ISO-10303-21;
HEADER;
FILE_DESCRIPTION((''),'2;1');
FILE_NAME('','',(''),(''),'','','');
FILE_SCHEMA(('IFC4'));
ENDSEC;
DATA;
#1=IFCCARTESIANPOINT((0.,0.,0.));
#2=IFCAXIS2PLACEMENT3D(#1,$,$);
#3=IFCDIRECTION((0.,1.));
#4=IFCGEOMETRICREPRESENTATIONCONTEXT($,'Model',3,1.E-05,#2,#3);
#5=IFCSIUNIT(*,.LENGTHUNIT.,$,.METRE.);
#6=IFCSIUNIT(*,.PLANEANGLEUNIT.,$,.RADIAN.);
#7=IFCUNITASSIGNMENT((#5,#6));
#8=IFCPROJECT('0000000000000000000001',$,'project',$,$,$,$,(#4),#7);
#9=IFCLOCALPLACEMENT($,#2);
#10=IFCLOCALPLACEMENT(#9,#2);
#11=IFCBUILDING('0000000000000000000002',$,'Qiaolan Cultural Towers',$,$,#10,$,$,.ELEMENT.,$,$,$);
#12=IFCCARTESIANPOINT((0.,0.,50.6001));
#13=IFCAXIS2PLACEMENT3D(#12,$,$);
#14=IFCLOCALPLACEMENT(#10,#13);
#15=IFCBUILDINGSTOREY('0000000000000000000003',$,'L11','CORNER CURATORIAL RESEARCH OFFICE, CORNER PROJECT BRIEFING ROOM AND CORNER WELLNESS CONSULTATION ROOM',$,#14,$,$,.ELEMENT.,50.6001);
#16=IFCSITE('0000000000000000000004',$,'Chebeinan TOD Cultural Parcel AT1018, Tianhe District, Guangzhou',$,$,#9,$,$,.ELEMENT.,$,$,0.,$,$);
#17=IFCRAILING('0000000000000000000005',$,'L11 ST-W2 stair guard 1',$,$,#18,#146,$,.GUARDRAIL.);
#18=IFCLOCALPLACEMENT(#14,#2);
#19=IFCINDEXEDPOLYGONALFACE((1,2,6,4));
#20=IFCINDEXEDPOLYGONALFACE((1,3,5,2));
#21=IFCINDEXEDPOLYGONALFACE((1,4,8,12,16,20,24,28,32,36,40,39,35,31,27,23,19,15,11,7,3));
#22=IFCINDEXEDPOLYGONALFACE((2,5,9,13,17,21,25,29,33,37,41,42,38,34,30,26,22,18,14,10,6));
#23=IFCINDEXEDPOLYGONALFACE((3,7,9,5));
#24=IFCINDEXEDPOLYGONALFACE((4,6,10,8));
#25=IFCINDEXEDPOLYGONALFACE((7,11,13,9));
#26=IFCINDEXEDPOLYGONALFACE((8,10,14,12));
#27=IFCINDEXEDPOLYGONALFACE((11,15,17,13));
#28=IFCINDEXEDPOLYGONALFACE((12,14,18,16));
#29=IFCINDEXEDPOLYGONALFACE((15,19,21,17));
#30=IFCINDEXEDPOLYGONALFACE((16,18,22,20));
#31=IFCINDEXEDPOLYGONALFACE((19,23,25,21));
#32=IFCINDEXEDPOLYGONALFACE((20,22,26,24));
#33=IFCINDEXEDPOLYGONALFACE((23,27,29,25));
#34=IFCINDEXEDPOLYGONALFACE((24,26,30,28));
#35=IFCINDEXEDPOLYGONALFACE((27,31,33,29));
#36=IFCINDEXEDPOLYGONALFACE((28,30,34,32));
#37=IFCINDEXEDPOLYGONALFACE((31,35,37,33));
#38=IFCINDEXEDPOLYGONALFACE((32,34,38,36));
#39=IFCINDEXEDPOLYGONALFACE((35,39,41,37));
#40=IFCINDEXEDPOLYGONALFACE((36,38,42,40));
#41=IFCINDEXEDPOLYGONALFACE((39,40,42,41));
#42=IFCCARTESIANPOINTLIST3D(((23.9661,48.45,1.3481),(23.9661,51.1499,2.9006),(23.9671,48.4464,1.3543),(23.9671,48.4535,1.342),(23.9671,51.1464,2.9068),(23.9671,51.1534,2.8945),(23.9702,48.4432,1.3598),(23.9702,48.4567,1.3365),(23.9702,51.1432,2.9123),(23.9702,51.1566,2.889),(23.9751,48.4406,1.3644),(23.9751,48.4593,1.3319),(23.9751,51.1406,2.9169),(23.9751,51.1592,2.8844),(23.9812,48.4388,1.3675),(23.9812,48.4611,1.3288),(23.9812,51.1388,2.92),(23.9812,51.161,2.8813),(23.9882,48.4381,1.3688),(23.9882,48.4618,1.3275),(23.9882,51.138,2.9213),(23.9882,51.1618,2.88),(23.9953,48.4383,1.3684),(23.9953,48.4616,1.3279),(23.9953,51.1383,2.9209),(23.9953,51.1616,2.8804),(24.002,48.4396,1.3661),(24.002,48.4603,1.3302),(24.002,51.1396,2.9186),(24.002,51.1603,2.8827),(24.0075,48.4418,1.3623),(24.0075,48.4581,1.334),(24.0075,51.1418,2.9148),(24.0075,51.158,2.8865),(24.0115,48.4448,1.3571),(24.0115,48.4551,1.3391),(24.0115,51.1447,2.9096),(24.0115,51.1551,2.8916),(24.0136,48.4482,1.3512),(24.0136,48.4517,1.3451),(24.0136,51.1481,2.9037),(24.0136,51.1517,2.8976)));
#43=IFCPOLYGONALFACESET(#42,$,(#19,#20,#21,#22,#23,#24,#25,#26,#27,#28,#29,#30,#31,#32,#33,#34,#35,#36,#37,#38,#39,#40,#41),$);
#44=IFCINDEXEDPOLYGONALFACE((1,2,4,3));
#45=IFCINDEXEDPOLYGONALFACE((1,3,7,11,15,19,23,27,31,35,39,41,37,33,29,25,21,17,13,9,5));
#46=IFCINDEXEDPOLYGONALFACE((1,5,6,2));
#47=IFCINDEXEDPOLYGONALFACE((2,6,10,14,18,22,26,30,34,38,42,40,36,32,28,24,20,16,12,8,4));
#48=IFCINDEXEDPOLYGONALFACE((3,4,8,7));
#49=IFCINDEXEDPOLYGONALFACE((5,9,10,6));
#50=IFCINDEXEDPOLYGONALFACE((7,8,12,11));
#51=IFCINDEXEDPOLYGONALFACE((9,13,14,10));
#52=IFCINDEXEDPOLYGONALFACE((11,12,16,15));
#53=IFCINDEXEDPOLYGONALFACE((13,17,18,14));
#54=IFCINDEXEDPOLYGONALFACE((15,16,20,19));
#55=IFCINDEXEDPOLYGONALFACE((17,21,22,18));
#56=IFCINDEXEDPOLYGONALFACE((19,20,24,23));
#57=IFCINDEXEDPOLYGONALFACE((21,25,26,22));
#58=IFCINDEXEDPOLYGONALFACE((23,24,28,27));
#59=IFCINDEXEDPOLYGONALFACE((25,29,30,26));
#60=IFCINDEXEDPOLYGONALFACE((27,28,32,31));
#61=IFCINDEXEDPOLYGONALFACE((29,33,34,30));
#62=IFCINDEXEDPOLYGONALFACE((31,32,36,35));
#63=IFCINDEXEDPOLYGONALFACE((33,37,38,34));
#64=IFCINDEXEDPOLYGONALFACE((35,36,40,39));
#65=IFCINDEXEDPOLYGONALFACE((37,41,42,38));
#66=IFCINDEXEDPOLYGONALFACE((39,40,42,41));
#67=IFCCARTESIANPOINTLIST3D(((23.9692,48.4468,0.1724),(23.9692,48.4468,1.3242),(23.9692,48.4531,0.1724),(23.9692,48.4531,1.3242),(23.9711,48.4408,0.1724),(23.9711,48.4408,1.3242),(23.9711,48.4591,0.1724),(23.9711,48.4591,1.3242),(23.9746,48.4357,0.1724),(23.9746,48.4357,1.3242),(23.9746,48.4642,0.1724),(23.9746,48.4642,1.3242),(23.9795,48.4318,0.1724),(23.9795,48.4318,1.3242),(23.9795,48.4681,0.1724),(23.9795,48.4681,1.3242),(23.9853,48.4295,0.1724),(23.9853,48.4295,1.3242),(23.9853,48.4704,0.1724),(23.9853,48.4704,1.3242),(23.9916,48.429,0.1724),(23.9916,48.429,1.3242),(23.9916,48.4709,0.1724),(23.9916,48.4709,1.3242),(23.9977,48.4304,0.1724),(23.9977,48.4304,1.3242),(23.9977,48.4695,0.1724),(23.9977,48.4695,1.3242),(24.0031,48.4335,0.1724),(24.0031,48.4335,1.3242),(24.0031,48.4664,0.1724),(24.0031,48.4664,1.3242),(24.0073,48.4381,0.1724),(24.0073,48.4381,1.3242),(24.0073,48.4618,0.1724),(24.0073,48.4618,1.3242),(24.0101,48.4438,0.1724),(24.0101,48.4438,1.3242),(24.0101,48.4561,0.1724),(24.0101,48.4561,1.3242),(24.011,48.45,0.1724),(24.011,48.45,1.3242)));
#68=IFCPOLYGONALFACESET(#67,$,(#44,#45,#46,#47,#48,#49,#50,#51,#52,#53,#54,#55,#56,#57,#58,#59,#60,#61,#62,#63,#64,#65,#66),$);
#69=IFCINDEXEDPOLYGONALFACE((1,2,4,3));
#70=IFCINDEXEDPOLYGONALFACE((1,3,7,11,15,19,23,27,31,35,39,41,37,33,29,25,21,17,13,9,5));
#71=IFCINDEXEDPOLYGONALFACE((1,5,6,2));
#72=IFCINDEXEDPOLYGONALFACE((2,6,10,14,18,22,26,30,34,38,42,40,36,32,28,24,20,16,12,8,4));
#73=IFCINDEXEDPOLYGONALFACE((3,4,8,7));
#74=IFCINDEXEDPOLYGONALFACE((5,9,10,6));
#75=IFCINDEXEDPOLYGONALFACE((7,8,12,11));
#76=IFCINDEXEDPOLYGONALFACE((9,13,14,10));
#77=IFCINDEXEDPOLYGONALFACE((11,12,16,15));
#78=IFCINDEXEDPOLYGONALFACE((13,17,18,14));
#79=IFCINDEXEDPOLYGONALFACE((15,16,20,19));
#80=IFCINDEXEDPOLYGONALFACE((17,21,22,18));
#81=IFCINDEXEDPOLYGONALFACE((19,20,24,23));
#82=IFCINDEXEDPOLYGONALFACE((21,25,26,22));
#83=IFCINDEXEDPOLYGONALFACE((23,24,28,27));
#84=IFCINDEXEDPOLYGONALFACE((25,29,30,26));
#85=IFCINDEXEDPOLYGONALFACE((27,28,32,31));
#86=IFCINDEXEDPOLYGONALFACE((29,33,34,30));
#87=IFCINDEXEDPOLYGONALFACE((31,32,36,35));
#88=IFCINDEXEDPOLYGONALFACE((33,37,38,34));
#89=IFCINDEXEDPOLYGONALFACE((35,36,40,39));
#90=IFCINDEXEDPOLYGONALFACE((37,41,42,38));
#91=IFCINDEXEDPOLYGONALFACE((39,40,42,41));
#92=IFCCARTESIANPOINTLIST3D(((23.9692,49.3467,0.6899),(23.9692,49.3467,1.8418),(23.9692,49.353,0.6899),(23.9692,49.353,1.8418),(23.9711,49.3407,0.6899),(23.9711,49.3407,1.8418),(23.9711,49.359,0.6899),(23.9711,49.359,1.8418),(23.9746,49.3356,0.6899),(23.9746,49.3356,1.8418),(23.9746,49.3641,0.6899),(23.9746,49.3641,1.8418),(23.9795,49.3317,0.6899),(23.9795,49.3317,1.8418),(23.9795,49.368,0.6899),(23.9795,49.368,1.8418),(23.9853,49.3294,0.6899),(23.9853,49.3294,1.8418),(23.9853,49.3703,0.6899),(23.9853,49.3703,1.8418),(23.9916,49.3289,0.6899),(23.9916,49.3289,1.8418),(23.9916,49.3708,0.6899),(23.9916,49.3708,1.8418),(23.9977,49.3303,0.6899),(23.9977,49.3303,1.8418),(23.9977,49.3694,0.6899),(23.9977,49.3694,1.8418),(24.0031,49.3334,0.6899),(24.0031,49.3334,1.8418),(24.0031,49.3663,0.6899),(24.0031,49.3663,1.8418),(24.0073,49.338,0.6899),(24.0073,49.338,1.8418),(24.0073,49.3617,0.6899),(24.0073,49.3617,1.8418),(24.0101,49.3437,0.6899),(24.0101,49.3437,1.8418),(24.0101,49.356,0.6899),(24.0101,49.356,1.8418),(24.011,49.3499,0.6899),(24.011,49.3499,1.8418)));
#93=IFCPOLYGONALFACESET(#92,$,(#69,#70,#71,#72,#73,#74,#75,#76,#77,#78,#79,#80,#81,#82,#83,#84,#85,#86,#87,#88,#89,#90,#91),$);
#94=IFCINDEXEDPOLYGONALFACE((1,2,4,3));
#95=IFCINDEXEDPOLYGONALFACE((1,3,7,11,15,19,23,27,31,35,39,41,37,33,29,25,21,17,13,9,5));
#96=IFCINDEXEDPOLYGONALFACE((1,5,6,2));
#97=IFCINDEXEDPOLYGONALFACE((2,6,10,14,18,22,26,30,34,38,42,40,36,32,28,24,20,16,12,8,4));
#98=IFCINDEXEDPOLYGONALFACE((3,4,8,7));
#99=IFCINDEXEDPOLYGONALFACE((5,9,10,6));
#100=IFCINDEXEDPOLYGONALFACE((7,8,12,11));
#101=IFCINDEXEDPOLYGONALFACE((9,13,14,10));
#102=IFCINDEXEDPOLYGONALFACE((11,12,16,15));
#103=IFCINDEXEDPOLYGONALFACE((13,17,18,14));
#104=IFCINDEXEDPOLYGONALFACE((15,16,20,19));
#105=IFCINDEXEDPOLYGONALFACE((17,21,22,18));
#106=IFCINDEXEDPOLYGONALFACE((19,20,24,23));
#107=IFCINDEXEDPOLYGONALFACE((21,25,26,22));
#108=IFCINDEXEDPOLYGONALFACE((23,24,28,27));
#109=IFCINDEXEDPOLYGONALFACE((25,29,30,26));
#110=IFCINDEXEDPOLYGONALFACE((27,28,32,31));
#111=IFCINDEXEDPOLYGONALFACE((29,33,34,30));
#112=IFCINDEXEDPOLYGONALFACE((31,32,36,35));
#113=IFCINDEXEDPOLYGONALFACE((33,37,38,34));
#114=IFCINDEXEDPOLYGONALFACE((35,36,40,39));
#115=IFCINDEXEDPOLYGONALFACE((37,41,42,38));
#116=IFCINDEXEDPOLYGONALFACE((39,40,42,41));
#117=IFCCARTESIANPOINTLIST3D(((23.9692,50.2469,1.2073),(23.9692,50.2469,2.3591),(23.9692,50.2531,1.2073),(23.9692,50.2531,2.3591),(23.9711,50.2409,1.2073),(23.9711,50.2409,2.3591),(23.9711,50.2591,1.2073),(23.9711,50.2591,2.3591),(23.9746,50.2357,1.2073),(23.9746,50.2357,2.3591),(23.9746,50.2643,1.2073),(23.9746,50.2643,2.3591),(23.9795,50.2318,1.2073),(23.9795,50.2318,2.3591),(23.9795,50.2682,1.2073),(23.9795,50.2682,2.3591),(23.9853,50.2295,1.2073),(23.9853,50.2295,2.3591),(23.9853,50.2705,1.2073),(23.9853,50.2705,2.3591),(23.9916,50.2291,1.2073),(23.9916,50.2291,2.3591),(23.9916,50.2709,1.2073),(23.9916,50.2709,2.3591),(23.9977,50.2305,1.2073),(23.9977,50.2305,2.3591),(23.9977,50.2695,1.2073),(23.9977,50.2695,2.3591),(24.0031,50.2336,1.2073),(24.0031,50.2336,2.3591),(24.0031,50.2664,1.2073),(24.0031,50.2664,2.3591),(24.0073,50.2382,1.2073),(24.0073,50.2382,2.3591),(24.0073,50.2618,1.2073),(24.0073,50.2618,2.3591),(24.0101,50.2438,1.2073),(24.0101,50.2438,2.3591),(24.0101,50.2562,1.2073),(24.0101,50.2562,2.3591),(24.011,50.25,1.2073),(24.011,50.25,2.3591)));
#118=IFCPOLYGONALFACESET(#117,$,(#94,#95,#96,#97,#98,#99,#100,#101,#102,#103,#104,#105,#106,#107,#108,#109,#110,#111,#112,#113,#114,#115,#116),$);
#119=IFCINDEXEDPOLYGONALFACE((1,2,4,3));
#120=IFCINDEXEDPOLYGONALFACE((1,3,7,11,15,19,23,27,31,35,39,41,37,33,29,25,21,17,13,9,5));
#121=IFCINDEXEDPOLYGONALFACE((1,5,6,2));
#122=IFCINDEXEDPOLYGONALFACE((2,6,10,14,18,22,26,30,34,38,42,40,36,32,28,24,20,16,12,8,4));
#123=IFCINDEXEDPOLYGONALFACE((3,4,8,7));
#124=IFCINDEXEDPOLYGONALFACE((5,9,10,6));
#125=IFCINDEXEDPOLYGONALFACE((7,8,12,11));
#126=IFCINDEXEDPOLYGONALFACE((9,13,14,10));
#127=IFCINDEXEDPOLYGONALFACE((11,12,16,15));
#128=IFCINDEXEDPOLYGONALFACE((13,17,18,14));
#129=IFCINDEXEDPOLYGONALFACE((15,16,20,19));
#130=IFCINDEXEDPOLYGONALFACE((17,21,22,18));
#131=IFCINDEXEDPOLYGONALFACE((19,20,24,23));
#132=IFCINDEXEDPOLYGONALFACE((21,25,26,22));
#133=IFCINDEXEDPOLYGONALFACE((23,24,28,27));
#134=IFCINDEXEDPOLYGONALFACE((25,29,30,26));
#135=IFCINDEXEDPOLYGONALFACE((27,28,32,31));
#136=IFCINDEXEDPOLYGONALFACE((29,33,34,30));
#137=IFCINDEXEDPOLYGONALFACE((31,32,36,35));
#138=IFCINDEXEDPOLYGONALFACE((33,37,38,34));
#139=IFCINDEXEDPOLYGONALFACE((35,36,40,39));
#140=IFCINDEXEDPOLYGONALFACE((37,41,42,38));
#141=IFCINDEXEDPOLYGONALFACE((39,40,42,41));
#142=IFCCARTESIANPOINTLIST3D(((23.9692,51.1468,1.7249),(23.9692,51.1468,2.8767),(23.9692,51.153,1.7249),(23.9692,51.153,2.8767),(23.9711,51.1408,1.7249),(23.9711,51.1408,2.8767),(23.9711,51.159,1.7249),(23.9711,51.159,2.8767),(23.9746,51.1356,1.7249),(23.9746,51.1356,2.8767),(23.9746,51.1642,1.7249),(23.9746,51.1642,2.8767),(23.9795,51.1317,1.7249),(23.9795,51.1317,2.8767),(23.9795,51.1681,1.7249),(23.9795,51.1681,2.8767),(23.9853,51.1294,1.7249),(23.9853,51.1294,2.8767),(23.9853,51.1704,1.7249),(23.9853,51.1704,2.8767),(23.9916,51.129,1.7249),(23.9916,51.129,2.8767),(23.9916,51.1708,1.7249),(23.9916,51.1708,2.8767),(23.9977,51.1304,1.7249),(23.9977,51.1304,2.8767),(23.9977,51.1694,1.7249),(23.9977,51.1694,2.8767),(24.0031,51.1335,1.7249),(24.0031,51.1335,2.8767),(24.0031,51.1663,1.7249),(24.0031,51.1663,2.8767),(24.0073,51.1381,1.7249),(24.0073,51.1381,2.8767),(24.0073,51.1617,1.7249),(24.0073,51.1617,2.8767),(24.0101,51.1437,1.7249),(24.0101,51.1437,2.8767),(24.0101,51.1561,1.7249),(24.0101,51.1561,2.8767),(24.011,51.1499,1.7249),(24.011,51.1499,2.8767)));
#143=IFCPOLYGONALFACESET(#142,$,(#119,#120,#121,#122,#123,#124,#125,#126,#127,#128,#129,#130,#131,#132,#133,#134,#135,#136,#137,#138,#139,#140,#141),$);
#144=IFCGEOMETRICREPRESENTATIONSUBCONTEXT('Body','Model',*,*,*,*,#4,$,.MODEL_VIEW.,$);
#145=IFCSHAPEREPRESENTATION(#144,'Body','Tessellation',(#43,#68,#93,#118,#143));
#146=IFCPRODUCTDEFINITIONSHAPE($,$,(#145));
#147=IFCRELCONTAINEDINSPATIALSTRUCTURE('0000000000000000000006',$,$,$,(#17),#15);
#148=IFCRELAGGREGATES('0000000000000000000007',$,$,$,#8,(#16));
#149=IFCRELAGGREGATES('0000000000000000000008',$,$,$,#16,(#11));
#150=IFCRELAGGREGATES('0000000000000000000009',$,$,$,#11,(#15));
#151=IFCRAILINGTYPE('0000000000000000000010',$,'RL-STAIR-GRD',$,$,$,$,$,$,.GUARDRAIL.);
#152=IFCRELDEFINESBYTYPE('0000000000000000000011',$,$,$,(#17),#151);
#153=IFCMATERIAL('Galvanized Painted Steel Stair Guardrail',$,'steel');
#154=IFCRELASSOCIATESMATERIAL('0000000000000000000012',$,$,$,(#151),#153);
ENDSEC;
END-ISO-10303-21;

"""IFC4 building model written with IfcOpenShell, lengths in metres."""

from ifc_helpers import new_model, si_unit, direction, frame, origin, origin_2d, place, context, subcontext, project, spatial, circle, extrude, material, type_object, element, save


model = new_model("IFC4")

# Units and contexts
model_context = context("Model", 3, precision=1e-05, world=origin(), true_north=direction((0.0, 1.0)))
body_context = subcontext(model_context, "Body", "Model", "MODEL_VIEW")
ifc_project = project(units=[si_unit("LENGTHUNIT", "METRE"), si_unit("PLANEANGLEUNIT", "RADIAN")], contexts=[model_context])

# Site, building, storey
site_placement = place(None, origin())
site = spatial("IfcSite", under=ifc_project, at=site_placement, Name="Chebeinan TOD Cultural Parcel AT1018, Tianhe District, Guangzhou", CompositionType="ELEMENT", RefElevation=0.0)
building_placement = place(site_placement, origin())
building = spatial("IfcBuilding", under=site, at=building_placement, Name="Qiaolan Cultural Towers", CompositionType="ELEMENT")
storey_placement = place(building_placement, frame((0.0, 0.0, 50.6001)))
storey = spatial("IfcBuildingStorey", under=building, at=storey_placement, Name="L11", Description="CORNER CURATORIAL RESEARCH OFFICE, CORNER PROJECT BRIEFING ROOM AND CORNER WELLNESS CONSULTATION ROOM", CompositionType="ELEMENT", Elevation=50.6001)

# Railing
ifc_material_1 = material(Name="Galvanized Painted Steel Stair Guardrail", Category="steel")
railing_type_1 = type_object("IfcRailingType", Name="RL-STAIR-GRD", PredefinedType="GUARDRAIL", material=ifc_material_1)
railing_1_placement = place(storey_placement, frame((23.99, 48.45, 0.1724)))
element("IfcRailing", 1, at=railing_1_placement, inside=storey, type_object=railing_type_1, Name="L11 ST-W2 stair guard 1", PredefinedType="GUARDRAIL", context=body_context, shape_type="SweptSolid", body=[
    extrude(circle(Radius=0.0239, at=origin_2d()), frame((0.0, 0.0, 1.1758), z_axis=(0.0, 0.866904, 0.498476), x_axis=(-1.0, 0.0, 0.0)), (0.0, 0.0, 1.0), 3.1145),
    extrude(circle(Radius=0.021, at=origin_2d()), origin(), (0.0, 0.0, 1.0), 1.1519),
    extrude(circle(Radius=0.021, at=origin_2d()), frame((0.0, 0.8999, 0.5176)), (0.0, 0.0, 1.0), 1.1519),
    extrude(circle(Radius=0.021, at=origin_2d()), frame((0.0, 1.8, 1.0349)), (0.0, 0.0, 1.0), 1.1519),
    extrude(circle(Radius=0.021, at=origin_2d()), frame((0.0, 2.7, 1.5525)), (0.0, 0.0, 1.0), 1.1519),
])

save(model, "model.ifc")
